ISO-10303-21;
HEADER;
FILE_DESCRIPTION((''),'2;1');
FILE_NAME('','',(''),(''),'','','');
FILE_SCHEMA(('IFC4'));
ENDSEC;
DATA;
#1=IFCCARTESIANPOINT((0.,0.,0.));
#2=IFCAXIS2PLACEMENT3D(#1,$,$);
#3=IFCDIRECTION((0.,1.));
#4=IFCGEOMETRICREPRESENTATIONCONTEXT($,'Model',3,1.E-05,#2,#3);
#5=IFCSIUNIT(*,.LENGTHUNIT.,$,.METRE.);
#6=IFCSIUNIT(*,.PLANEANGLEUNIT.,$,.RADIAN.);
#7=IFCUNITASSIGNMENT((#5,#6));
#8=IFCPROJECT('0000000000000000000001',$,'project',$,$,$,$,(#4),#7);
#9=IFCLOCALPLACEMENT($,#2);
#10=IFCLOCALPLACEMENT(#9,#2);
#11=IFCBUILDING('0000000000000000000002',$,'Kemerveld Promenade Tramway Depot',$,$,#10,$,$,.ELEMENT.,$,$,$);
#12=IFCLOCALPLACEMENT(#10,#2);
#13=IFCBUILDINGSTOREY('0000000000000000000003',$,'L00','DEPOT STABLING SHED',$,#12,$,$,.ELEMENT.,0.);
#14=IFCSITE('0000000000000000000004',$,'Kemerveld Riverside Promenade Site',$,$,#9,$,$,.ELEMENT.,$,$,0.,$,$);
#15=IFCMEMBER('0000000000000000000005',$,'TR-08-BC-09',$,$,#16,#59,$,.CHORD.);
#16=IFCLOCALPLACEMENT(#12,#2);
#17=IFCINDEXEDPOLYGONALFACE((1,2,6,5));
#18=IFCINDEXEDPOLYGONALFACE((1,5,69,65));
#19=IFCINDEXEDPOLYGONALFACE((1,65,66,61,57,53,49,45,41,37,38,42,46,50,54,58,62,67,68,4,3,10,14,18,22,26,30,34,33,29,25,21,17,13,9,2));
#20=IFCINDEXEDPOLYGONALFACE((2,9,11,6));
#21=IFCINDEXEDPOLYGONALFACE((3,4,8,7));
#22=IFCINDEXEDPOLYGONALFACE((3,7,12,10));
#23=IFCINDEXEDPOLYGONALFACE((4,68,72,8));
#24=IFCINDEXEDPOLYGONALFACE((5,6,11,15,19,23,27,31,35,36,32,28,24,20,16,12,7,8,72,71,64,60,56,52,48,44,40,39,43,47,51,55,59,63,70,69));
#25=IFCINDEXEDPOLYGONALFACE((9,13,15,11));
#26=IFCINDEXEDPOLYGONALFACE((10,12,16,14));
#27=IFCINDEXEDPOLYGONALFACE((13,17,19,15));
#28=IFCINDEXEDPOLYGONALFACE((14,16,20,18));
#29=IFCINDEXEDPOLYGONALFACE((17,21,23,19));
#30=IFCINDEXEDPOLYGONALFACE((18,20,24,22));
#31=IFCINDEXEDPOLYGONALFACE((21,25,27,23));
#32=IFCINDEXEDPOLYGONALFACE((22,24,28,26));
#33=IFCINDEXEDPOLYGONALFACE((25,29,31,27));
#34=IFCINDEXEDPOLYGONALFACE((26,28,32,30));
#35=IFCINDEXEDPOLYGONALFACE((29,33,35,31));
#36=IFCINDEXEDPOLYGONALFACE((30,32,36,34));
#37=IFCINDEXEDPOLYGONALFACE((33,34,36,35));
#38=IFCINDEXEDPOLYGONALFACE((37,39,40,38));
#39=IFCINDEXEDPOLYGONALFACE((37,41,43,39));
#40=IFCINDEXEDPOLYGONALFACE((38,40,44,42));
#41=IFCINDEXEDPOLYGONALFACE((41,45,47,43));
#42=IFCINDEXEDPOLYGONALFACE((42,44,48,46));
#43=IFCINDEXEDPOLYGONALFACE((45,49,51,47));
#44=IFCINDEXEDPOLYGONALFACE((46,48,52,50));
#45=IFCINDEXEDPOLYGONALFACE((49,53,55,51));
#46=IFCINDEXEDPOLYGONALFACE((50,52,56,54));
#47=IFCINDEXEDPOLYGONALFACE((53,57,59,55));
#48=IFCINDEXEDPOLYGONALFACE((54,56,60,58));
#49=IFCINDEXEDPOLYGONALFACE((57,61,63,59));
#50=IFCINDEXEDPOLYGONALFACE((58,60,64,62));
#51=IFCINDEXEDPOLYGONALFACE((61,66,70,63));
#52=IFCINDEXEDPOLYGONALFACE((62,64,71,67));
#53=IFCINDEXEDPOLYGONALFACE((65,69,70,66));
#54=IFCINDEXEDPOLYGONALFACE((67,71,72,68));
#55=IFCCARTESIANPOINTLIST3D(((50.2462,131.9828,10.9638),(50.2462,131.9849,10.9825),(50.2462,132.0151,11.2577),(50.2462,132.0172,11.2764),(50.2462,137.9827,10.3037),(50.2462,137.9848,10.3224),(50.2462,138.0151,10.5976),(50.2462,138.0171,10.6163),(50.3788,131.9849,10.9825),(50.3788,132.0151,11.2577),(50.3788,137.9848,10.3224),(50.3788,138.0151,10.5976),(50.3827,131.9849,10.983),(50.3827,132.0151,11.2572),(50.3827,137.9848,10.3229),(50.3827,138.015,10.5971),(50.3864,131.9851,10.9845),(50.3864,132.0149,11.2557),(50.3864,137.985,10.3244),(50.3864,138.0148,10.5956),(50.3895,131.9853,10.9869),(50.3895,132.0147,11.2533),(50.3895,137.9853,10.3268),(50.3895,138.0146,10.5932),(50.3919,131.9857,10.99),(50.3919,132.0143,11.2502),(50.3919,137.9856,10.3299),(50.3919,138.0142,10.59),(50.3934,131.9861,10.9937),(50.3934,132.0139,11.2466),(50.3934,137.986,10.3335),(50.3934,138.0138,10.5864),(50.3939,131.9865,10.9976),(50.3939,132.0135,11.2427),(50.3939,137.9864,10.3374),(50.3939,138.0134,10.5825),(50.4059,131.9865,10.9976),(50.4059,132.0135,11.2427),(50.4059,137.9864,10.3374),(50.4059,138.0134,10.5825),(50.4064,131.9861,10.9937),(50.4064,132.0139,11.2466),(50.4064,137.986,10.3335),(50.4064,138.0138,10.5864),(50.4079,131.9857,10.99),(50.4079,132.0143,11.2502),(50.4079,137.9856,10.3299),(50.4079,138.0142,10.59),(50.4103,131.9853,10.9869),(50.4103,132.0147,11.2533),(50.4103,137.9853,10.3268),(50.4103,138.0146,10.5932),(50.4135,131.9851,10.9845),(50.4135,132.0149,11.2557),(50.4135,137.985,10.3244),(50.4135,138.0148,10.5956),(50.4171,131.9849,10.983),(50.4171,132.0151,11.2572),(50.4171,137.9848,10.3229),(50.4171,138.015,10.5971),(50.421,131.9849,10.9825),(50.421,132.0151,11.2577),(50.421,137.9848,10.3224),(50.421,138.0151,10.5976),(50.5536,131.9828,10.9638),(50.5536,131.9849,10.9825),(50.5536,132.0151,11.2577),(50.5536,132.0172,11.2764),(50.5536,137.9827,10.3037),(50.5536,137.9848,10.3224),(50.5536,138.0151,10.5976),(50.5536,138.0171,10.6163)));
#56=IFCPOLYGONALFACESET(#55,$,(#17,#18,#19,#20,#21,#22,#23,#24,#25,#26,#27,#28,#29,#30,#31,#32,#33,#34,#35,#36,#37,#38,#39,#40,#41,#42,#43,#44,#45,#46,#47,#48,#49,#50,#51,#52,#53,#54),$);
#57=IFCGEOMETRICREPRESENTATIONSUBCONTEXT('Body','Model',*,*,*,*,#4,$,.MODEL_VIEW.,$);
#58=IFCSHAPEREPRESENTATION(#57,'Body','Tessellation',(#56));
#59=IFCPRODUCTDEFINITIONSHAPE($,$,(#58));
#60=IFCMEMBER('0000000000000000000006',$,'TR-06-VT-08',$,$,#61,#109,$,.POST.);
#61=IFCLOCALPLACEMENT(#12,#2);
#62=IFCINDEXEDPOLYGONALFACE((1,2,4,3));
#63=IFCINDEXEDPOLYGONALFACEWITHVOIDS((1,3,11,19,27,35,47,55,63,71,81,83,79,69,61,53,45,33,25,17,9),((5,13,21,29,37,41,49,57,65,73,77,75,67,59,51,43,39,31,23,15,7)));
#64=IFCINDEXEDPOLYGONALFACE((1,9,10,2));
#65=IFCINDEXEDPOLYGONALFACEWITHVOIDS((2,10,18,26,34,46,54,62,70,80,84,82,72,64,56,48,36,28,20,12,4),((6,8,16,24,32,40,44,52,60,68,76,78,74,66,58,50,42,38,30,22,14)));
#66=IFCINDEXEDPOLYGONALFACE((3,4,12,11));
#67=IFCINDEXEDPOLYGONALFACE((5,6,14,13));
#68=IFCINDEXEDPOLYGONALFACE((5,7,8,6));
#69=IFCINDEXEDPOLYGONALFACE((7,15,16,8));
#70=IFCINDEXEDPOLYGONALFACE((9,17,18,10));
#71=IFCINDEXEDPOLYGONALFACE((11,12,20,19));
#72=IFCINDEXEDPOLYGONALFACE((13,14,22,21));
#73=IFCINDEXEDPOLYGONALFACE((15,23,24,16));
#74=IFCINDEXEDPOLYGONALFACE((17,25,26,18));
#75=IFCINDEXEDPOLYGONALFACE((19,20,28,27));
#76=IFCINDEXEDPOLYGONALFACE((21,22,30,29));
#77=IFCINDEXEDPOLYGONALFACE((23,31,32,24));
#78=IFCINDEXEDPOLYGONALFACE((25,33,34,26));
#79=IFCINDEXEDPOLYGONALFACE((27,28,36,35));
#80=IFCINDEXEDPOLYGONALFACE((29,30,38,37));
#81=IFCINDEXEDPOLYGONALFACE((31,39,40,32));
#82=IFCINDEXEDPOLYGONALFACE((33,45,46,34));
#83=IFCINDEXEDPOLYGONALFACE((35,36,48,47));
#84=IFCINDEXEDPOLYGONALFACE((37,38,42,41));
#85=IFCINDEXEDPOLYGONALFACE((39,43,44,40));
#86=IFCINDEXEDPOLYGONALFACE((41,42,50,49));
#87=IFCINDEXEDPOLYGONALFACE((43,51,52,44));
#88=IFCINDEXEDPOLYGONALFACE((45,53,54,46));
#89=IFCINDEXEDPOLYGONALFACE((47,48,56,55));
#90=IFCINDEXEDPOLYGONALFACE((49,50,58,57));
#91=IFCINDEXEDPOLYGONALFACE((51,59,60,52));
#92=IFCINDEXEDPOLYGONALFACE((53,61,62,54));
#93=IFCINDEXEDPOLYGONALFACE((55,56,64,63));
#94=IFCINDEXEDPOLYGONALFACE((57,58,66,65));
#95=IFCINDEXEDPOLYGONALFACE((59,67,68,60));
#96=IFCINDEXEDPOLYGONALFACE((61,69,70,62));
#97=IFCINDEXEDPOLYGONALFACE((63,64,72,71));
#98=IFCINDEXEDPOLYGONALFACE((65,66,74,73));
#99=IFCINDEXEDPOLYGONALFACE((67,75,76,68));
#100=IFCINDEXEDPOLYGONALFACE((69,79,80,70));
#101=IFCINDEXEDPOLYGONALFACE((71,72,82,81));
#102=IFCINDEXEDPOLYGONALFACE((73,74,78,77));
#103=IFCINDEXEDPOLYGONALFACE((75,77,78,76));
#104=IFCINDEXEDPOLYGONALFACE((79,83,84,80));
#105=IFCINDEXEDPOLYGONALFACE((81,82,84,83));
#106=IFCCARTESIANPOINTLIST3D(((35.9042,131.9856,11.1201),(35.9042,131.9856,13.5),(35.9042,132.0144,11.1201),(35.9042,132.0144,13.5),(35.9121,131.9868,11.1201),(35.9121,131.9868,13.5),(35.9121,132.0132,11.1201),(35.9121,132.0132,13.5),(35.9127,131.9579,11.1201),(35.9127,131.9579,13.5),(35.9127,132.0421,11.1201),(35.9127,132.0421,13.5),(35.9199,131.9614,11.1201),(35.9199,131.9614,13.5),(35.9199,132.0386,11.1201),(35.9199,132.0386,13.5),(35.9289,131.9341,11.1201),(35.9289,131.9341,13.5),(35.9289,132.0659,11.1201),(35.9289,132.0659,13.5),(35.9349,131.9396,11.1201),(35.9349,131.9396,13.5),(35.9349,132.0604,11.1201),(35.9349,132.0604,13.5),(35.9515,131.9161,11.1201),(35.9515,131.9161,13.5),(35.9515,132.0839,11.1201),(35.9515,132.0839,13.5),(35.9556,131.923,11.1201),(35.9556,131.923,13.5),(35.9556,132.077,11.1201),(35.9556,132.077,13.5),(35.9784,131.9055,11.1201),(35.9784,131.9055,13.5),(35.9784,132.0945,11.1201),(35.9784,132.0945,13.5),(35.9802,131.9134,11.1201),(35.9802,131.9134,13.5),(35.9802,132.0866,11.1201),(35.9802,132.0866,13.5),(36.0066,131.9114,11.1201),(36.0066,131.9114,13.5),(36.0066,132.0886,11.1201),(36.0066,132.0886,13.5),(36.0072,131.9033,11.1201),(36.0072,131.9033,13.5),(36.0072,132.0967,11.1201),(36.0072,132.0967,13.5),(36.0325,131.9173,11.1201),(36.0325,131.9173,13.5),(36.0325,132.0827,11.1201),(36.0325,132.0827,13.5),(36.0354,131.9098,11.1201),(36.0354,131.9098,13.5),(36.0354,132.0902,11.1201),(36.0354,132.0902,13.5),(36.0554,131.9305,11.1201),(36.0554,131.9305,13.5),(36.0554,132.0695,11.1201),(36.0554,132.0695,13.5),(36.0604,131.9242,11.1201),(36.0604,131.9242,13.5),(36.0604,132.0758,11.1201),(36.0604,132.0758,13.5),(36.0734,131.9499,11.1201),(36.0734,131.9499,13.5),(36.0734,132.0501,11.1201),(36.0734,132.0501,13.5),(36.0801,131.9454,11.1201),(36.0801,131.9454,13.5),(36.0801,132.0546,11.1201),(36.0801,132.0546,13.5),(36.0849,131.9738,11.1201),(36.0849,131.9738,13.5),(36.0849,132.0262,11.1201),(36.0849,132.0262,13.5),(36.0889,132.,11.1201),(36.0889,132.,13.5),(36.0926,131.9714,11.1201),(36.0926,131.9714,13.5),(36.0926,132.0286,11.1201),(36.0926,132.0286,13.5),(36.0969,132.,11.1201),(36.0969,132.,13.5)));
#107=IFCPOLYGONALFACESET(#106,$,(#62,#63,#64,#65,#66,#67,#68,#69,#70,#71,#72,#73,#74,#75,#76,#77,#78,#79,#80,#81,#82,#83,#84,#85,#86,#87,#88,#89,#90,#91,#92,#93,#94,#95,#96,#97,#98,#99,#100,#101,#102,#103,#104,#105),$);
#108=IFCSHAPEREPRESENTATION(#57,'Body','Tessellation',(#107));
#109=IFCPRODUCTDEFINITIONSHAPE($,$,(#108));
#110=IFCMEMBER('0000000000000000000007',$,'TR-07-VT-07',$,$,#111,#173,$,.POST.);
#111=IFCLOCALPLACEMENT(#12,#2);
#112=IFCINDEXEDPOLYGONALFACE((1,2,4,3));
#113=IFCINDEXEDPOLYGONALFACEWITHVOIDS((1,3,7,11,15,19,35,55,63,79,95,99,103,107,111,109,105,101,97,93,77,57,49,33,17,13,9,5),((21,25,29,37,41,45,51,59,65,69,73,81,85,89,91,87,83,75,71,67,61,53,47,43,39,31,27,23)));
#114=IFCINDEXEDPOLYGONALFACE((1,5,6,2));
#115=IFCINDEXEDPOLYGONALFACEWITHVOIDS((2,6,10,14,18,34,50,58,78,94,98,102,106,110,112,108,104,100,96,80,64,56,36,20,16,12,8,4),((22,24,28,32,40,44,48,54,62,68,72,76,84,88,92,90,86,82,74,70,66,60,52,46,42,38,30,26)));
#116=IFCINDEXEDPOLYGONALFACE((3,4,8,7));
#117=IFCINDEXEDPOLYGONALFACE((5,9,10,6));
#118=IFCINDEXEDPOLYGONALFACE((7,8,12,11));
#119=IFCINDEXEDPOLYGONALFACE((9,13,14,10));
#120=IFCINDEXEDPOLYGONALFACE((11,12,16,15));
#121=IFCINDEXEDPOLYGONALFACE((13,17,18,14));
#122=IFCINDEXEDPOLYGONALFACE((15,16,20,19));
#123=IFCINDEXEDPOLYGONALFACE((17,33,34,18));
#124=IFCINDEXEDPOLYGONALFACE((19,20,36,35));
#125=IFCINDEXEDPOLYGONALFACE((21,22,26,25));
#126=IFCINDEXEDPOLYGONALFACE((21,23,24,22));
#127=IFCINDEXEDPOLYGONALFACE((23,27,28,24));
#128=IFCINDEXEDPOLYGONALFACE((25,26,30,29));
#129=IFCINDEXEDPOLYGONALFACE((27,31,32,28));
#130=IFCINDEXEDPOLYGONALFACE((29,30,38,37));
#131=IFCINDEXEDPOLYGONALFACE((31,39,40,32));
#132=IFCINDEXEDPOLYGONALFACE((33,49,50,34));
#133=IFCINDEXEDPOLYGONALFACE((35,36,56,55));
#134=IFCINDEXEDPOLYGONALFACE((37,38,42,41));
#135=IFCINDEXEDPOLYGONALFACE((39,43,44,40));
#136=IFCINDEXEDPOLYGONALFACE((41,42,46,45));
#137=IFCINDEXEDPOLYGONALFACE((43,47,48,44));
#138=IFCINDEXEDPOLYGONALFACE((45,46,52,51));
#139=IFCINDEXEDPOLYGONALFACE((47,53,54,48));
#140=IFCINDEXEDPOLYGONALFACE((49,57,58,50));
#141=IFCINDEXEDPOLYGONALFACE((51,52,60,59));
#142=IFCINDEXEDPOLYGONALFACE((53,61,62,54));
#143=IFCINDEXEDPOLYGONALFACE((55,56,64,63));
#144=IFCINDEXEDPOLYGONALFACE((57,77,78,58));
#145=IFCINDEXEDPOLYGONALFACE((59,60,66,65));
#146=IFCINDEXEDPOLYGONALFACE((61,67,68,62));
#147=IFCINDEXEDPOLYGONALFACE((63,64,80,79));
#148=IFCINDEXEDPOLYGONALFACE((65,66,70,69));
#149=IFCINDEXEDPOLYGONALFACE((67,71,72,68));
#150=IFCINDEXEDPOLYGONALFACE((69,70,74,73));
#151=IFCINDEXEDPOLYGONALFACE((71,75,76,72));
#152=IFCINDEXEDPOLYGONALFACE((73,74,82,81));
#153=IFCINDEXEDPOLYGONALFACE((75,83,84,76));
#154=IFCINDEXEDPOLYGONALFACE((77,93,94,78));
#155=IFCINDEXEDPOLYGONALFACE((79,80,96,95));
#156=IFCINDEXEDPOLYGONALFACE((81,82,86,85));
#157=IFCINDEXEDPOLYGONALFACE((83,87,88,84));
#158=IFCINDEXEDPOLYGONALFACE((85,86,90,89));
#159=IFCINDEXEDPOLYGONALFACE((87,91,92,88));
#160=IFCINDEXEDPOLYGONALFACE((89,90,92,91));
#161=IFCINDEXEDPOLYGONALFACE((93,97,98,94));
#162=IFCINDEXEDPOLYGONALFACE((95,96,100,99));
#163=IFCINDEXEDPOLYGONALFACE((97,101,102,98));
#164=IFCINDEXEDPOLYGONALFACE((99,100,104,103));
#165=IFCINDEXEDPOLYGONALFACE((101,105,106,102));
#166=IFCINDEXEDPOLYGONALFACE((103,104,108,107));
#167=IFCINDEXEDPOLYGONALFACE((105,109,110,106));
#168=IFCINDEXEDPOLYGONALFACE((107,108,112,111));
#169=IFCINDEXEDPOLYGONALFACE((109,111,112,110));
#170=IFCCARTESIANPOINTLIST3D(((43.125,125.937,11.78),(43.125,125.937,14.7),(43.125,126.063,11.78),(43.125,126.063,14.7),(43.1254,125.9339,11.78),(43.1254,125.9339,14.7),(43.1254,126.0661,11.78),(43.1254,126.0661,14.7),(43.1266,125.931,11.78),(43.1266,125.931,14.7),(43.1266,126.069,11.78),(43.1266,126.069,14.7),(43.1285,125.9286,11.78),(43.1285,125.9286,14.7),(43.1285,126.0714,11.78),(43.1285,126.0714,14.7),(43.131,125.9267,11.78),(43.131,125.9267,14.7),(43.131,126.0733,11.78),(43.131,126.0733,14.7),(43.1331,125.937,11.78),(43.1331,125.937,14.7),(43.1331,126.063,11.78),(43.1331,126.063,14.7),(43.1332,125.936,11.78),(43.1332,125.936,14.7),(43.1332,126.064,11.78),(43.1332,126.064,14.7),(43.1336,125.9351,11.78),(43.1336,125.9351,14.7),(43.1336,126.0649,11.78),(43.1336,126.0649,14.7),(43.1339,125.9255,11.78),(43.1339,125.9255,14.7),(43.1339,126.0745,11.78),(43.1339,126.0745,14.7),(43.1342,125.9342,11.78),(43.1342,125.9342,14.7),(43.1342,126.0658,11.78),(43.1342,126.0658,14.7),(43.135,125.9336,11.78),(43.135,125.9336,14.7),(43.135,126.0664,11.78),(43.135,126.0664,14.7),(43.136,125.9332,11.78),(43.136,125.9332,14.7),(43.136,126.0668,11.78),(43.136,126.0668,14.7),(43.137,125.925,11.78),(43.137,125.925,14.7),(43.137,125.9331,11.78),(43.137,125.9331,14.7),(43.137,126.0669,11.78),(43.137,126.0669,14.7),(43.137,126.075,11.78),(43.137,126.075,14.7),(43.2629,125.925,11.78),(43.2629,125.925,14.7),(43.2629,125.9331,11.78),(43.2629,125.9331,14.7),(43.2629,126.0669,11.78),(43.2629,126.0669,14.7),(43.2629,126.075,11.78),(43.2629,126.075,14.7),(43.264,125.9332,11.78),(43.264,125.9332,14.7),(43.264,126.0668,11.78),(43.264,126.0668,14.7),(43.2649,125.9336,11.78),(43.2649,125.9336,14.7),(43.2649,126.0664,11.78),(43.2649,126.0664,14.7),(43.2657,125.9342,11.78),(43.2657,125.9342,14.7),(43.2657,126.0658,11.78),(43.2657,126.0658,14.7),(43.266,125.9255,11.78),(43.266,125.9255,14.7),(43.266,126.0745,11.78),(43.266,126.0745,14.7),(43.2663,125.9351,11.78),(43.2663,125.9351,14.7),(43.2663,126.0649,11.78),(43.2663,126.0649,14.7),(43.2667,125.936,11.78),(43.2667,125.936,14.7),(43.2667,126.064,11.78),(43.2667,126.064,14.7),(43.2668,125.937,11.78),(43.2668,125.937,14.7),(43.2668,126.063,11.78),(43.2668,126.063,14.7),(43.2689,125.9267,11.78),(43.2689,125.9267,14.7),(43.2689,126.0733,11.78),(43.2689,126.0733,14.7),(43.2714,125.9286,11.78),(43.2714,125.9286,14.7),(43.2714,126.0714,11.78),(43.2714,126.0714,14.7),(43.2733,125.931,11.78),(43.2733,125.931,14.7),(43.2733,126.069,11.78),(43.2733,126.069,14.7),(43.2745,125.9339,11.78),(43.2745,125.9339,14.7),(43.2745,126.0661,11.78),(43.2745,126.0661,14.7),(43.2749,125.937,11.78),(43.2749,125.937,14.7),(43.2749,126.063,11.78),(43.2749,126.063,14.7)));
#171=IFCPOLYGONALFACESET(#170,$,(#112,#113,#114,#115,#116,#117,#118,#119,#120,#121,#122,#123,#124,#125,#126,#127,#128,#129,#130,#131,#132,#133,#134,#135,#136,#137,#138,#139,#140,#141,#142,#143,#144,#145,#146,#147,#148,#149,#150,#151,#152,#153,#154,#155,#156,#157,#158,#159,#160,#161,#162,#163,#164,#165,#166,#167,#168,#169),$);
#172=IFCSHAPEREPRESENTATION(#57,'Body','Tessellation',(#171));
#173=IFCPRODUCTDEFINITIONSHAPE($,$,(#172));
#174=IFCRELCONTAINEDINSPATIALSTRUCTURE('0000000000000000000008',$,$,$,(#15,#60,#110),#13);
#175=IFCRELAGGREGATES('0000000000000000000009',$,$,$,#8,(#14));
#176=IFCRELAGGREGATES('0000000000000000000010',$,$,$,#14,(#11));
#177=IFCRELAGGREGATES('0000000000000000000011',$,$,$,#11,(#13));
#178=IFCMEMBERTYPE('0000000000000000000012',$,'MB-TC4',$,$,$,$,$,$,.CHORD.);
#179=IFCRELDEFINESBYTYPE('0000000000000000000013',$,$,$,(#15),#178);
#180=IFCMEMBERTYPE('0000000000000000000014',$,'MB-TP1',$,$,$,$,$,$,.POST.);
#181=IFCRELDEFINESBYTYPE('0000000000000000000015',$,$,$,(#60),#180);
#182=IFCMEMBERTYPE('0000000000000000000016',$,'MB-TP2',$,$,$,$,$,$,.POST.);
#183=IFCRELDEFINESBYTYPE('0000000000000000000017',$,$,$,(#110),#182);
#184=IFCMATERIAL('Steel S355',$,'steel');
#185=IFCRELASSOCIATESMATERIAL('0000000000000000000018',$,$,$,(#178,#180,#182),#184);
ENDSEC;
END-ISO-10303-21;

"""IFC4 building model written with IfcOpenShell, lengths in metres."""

from ifc_helpers import new_model, si_unit, direction, frame, origin, origin_2d, place, context, subcontext, project, spatial, hollow_rectangle, hollow_circle, i_section, extrude, material, material_profile, profile_set, type_object, element, save


model = new_model("IFC4")

# Units and contexts
model_context = context("Model", 3, precision=1e-05, world=origin(), true_north=direction((0.0, 1.0)))
body_context = subcontext(model_context, "Body", "Model", "MODEL_VIEW")
ifc_project = project(units=[si_unit("LENGTHUNIT", "METRE"), si_unit("PLANEANGLEUNIT", "RADIAN")], contexts=[model_context])

# Site, building, storey
site_placement = place(None, origin())
site = spatial("IfcSite", under=ifc_project, at=site_placement, Name="Kemerveld Riverside Promenade Site", CompositionType="ELEMENT", RefElevation=0.0)
building_placement = place(site_placement, origin())
building = spatial("IfcBuilding", under=site, at=building_placement, Name="Kemerveld Promenade Tramway Depot", CompositionType="ELEMENT")
storey_placement = place(building_placement, origin())
storey = spatial("IfcBuildingStorey", under=building, at=storey_placement, Name="L00", Description="DEPOT STABLING SHED", CompositionType="ELEMENT", Elevation=0.0)

# Shared definitions
ifc_material_1 = material(Name="Steel S355", Category="steel")

# Members
ifc_material_profile_1 = material_profile(ifc_material_1, i_section(OverallWidth=0.3074, OverallDepth=0.3145, WebThickness=0.012, FlangeThickness=0.0188, FilletRadius=0.0151, at=origin_2d()), Name="305x305x118 UC")
ifc_profile_set_1 = profile_set([ifc_material_profile_1], Name="Steel S355")
member_type_1 = type_object("IfcMemberType", Name="MB-TC4", PredefinedType="CHORD", material=ifc_profile_set_1)
for number, where, z_axis, x_axis, name in (
    (1, (50.3999, 132.0, 11.1201), (0.0, 0.994002, -0.109366), (-1.0, 0.0, 0.0), "TR-08-BC-09"),
):
    element("IfcMember", number, at=place(storey_placement, frame(where, z_axis=z_axis, x_axis=x_axis)), inside=storey, type_object=member_type_1, Name=name, PredefinedType="CHORD", context=body_context, shape_type="SweptSolid", body=[
        extrude(i_section(OverallWidth=0.3074, OverallDepth=0.3145, WebThickness=0.012, FlangeThickness=0.0188, FilletRadius=0.0151, at=origin_2d()), origin(), (0.0, 0.0, 1.0), 6.0361),
    ])
ifc_material_profile_2 = material_profile(ifc_material_1, hollow_circle(Radius=0.0969, WallThickness=0.0081, at=origin_2d()), Name="193.7x8.0 CHS")
ifc_profile_set_2 = profile_set([ifc_material_profile_2], Name="Steel S355")
member_type_2 = type_object("IfcMemberType", Name="MB-TP1", PredefinedType="POST", material=ifc_profile_set_2)
member_1_placement = place(storey_placement, frame((36.0, 132.0, 11.1201), z_axis=(0.0, 0.0, 1.0), x_axis=(1.0, 0.0, 0.0)))
element("IfcMember", 2, at=member_1_placement, inside=storey, type_object=member_type_2, Name="TR-06-VT-08", PredefinedType="POST", context=body_context, shape_type="SweptSolid", body=[
    extrude(hollow_circle(Radius=0.0969, WallThickness=0.0081, at=origin_2d()), origin(), (0.0, 0.0, 1.0), 2.3799),
])
ifc_material_profile_3 = material_profile(ifc_material_1, hollow_rectangle(XDim=0.1499, YDim=0.1499, WallThickness=0.0081, InnerFilletRadius=0.0039, OuterFilletRadius=0.012, at=origin_2d()), Name="150x150x8.0 SHS")
ifc_profile_set_3 = profile_set([ifc_material_profile_3], Name="Steel S355")
member_type_3 = type_object("IfcMemberType", Name="MB-TP2", PredefinedType="POST", material=ifc_profile_set_3)
member_2_placement = place(storey_placement, frame((43.2, 126.0, 11.78), z_axis=(0.0, 0.0, 1.0), x_axis=(1.0, 0.0, 0.0)))
element("IfcMember", 3, at=member_2_placement, inside=storey, type_object=member_type_3, Name="TR-07-VT-07", PredefinedType="POST", context=body_context, shape_type="SweptSolid", body=[
    extrude(hollow_rectangle(XDim=0.1499, YDim=0.1499, WallThickness=0.0081, InnerFilletRadius=0.0039, OuterFilletRadius=0.012, at=origin_2d()), origin(), (0.0, 0.0, 1.0), 2.9199),
])

save(model, "model.ifc")
